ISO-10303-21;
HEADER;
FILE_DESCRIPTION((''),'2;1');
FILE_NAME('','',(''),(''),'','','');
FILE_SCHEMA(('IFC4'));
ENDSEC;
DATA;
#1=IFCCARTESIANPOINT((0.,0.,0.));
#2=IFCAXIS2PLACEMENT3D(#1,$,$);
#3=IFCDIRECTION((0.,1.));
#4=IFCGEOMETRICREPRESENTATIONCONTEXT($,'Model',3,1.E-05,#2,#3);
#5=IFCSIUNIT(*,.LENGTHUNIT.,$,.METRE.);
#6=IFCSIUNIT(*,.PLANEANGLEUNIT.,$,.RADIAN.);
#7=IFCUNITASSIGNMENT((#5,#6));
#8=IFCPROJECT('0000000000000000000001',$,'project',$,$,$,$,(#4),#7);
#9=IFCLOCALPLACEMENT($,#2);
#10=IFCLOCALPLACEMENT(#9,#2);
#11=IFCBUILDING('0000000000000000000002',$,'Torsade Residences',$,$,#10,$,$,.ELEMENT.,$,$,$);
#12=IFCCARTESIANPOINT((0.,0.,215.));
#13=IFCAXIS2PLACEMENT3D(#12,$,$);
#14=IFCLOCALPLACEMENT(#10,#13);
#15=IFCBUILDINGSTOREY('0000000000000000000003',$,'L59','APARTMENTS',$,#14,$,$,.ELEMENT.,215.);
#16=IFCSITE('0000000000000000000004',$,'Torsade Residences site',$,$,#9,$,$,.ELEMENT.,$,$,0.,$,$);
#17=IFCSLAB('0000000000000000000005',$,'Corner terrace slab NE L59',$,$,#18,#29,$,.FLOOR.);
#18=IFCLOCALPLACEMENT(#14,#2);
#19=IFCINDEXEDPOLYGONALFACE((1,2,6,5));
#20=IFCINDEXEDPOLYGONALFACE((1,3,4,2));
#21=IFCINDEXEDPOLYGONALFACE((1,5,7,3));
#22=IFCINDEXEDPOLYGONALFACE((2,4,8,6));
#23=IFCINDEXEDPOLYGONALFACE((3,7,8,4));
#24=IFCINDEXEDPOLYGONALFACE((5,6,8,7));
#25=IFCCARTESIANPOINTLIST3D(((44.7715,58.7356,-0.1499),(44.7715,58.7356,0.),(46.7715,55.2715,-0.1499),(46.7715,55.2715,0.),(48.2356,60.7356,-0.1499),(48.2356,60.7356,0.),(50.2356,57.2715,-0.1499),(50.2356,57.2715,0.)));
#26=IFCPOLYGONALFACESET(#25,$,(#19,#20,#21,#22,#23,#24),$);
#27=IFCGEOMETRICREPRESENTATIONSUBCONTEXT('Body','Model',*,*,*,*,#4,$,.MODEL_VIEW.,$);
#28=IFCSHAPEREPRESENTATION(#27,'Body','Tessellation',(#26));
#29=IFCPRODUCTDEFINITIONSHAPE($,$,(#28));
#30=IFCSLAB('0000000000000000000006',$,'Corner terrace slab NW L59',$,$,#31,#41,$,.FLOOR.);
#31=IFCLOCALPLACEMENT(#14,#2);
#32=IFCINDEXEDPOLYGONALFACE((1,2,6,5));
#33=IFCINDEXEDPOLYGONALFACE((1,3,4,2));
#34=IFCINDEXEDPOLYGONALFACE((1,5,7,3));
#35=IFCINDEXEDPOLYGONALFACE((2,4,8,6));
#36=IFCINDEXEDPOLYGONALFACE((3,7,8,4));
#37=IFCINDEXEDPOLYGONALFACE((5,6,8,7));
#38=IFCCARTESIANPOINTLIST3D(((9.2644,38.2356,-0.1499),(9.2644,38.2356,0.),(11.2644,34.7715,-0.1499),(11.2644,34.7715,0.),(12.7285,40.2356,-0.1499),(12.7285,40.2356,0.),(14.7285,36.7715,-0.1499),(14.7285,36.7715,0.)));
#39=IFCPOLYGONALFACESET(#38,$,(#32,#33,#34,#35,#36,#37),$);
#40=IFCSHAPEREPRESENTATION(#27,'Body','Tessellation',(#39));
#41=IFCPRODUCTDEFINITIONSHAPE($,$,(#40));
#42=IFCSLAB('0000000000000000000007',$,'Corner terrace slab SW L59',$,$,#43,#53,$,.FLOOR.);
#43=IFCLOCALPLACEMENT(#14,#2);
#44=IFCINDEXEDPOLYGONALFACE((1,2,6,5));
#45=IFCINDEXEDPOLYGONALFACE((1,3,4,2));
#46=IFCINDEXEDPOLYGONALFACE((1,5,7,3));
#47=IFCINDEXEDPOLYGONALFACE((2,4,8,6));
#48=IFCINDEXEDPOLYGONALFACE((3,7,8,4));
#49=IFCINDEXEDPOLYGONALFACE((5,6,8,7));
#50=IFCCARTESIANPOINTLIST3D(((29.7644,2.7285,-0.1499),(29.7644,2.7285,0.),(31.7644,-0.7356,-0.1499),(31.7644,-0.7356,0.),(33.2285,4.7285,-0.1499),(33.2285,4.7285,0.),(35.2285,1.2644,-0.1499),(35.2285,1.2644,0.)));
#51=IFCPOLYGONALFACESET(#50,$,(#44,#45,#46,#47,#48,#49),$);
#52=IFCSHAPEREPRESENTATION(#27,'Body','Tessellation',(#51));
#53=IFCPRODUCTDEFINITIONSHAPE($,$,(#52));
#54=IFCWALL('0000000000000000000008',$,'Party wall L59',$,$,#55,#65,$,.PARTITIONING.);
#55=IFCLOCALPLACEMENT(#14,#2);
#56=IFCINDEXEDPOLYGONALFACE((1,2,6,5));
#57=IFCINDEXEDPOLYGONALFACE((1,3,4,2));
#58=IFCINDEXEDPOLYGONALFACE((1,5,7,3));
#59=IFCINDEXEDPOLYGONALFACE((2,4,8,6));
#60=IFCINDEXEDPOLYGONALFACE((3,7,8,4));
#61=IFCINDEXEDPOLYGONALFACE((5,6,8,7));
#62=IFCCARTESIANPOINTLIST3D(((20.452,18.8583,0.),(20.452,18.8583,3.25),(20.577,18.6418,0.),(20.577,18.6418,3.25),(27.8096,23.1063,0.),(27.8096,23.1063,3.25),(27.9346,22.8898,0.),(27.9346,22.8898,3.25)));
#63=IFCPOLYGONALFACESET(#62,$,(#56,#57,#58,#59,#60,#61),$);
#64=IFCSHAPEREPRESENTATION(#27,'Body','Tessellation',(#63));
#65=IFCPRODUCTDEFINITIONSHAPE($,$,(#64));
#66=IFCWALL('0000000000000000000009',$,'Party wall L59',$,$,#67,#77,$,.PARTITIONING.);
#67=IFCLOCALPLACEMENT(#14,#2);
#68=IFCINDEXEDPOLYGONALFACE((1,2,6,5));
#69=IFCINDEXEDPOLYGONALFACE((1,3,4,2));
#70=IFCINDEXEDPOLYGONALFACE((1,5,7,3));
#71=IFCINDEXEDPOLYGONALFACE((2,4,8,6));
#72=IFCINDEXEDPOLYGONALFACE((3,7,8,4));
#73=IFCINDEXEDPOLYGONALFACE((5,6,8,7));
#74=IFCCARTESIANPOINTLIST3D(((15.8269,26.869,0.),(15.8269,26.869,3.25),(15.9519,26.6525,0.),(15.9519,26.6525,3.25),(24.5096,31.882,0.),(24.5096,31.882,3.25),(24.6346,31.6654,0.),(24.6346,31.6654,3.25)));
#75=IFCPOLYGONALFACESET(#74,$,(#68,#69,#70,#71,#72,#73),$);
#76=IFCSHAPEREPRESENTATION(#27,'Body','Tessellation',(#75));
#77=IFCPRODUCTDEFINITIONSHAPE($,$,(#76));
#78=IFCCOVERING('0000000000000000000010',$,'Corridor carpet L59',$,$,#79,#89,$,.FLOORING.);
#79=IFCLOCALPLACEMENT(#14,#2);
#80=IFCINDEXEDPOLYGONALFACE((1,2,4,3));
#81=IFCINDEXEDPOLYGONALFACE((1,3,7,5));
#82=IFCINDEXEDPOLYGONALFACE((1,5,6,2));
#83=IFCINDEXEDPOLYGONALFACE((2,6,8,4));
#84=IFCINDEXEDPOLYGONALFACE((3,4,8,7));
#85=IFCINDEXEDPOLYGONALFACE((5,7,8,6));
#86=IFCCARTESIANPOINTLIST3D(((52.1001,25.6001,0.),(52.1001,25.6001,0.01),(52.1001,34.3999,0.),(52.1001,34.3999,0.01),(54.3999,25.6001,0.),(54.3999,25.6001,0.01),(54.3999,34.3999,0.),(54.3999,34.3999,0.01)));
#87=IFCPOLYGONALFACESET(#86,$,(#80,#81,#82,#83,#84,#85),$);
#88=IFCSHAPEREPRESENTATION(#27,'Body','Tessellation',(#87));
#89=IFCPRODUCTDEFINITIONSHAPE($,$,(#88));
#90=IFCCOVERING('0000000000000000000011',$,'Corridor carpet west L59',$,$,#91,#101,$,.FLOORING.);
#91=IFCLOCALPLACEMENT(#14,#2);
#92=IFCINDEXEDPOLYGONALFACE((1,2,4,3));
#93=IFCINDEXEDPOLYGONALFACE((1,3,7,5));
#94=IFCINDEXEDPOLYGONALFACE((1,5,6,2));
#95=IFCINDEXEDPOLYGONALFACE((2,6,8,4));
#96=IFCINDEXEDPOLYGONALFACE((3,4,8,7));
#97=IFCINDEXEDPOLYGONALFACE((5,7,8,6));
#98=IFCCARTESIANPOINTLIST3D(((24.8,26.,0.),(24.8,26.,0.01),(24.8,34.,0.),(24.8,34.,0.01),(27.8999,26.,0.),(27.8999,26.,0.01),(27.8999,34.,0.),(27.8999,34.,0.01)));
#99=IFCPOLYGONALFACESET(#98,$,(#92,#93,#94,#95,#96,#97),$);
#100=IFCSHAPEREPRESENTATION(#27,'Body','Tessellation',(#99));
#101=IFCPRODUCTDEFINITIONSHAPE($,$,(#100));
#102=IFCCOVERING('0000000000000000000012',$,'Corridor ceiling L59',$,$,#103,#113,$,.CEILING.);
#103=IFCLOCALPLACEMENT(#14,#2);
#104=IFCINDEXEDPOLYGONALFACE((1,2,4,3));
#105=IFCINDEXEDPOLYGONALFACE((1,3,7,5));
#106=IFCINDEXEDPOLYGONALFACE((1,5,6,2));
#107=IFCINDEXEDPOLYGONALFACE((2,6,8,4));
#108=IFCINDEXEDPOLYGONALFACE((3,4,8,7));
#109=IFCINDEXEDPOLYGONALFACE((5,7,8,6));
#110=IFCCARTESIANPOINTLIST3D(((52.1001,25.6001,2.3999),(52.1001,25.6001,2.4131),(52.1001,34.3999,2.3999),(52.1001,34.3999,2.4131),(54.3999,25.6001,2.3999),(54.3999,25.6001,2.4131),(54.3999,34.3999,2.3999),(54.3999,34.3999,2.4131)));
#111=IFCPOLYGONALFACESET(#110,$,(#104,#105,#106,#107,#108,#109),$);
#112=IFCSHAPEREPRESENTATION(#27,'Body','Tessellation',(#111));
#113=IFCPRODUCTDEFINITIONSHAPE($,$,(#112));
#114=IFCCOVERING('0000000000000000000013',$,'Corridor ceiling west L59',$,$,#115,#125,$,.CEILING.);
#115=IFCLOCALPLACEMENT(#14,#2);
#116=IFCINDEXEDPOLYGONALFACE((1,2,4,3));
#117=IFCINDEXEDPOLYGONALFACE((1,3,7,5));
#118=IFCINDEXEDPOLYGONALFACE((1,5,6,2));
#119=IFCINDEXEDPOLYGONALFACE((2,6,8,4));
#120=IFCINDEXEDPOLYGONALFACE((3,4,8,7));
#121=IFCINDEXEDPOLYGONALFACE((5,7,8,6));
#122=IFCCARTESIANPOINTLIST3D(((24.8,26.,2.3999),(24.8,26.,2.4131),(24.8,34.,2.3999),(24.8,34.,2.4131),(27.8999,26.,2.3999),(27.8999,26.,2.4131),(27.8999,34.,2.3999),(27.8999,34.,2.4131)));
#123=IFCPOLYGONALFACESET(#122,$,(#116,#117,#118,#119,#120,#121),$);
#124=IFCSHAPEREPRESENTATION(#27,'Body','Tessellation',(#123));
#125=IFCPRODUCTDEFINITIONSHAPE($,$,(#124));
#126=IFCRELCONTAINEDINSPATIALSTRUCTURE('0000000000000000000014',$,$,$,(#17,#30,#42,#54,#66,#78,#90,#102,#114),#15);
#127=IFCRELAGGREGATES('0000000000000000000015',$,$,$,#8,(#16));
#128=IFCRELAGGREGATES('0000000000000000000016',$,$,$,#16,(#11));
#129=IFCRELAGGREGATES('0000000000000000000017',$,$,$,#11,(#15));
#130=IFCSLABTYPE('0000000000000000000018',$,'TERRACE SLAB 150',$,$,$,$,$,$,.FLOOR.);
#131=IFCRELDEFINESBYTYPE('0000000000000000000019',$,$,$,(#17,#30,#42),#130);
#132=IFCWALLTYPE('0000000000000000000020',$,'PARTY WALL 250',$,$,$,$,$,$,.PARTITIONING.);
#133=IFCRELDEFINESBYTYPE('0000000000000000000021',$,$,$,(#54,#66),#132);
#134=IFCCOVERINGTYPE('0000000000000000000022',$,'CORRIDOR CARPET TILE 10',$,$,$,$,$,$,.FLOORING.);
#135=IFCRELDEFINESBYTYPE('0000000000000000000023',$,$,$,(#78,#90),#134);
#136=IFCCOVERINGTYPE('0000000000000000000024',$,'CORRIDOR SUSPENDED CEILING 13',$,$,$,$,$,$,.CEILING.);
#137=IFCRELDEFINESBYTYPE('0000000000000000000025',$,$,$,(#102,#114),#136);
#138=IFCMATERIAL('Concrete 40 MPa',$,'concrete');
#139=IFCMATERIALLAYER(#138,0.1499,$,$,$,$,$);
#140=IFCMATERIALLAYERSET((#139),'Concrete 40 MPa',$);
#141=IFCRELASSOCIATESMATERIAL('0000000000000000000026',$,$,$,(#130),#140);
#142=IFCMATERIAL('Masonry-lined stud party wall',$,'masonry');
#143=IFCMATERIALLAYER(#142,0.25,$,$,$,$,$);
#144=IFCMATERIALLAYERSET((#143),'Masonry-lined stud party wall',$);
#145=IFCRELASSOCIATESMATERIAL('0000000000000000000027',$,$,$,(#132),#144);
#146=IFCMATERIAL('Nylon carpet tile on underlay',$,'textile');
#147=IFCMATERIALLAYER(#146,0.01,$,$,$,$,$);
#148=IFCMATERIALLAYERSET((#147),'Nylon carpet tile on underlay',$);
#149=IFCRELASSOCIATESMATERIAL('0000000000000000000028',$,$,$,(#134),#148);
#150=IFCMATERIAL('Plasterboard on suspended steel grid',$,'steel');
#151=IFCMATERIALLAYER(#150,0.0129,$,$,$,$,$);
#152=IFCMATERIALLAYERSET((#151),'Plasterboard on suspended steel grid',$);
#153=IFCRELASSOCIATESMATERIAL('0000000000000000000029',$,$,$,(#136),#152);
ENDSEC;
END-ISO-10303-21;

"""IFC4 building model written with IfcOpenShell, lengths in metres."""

from ifc_helpers import new_model, si_unit, direction, frame, frame_2d, origin, place, context, subcontext, project, spatial, polyline, rectangle, outline, extrude, material, layer, layer_set, type_object, element, save


model = new_model("IFC4")

# Units and contexts
model_context = context("Model", 3, precision=1e-05, world=origin(), true_north=direction((0.0, 1.0)))
body_context = subcontext(model_context, "Body", "Model", "MODEL_VIEW")
ifc_project = project(units=[si_unit("LENGTHUNIT", "METRE"), si_unit("PLANEANGLEUNIT", "RADIAN")], contexts=[model_context])

# Site, building, storey
site_placement = place(None, origin())
site = spatial("IfcSite", under=ifc_project, at=site_placement, Name="Torsade Residences site", CompositionType="ELEMENT", RefElevation=0.0)
building_placement = place(site_placement, origin())
building = spatial("IfcBuilding", under=site, at=building_placement, Name="Torsade Residences", CompositionType="ELEMENT")
storey_placement = place(building_placement, frame((0.0, 0.0, 215.0)))
storey = spatial("IfcBuildingStorey", under=building, at=storey_placement, Name="L59", Description="APARTMENTS", CompositionType="ELEMENT", Elevation=215.0)

# Slabs
ifc_material_1 = material(Name="Concrete 40 MPa", Category="concrete")
ifc_layer_1 = layer(ifc_material_1, 0.1499)
ifc_layer_set_1 = layer_set([ifc_layer_1], Name="Concrete 40 MPa")
slab_type_1 = type_object("IfcSlabType", Name="TERRACE SLAB 150", PredefinedType="FLOOR", material=ifc_layer_set_1)
slab_1_placement = place(storey_placement, frame((0.0, 0.0, -0.1499)))
element("IfcSlab", 1, at=slab_1_placement, inside=storey, type_object=slab_type_1, Name="Corner terrace slab NE L59", PredefinedType="FLOOR", context=body_context, shape_type="SweptSolid", body=[
    extrude(outline(polyline([(46.7715, 55.2715), (50.2356, 57.2715), (48.2356, 60.7356), (44.7715, 58.7356), (46.7715, 55.2715)])), origin(), (0.0, 0.0, 1.0), 0.1499),
])
slab_2_placement = place(storey_placement, frame((0.0, 0.0, -0.1499)))
element("IfcSlab", 2, at=slab_2_placement, inside=storey, type_object=slab_type_1, Name="Corner terrace slab NW L59", PredefinedType="FLOOR", context=body_context, shape_type="SweptSolid", body=[
    extrude(outline(polyline([(11.2644, 34.7715), (14.7285, 36.7715), (12.7285, 40.2356), (9.2644, 38.2356), (11.2644, 34.7715)])), origin(), (0.0, 0.0, 1.0), 0.1499),
])
slab_3_placement = place(storey_placement, frame((0.0, 0.0, -0.1499)))
element("IfcSlab", 3, at=slab_3_placement, inside=storey, type_object=slab_type_1, Name="Corner terrace slab SW L59", PredefinedType="FLOOR", context=body_context, shape_type="SweptSolid", body=[
    extrude(outline(polyline([(31.7644, -0.7356), (35.2285, 1.2644), (33.2285, 4.7285), (29.7644, 2.7285), (31.7644, -0.7356)])), origin(), (0.0, 0.0, 1.0), 0.1499),
])

# Walls
ifc_material_2 = material(Name="Masonry-lined stud party wall", Category="masonry")
ifc_layer_2 = layer(ifc_material_2, 0.25)
ifc_layer_set_2 = layer_set([ifc_layer_2], Name="Masonry-lined stud party wall")
wall_type = type_object("IfcWallType", Name="PARTY WALL 250", PredefinedType="PARTITIONING", material=ifc_layer_set_2)
wall_1_placement = place(storey_placement, frame((20.5144, 18.75, 0.0), z_axis=(0.0, 0.0, 1.0), x_axis=(0.86602, 0.500009, 0.0)))
element("IfcWall", 4, at=wall_1_placement, inside=storey, type_object=wall_type, Name="Party wall L59", PredefinedType="PARTITIONING", context=body_context, shape_type="SweptSolid", body=[
    extrude(rectangle(XDim=8.4958, YDim=0.25, at=frame_2d((4.248, 0.0))), origin(), (0.0, 0.0, 1.0), 3.25),
])
wall_2_placement = place(storey_placement, frame((15.8894, 26.7607, 0.0), z_axis=(0.0, 0.0, 1.0), x_axis=(0.866024, 0.500002, 0.0)))
element("IfcWall", 5, at=wall_2_placement, inside=storey, type_object=wall_type, Name="Party wall L59", PredefinedType="PARTITIONING", context=body_context, shape_type="SweptSolid", body=[
    extrude(rectangle(XDim=10.0259, YDim=0.25, at=frame_2d((5.0129, 0.0))), origin(), (0.0, 0.0, 1.0), 3.25),
])

# Coverings
ifc_material_3 = material(Name="Nylon carpet tile on underlay", Category="textile")
ifc_layer_3 = layer(ifc_material_3, 0.01)
ifc_layer_set_3 = layer_set([ifc_layer_3], Name="Nylon carpet tile on underlay")
covering_type_1 = type_object("IfcCoveringType", Name="CORRIDOR CARPET TILE 10", PredefinedType="FLOORING", material=ifc_layer_set_3)
covering_1_placement = place(storey_placement, origin())
element("IfcCovering", 6, at=covering_1_placement, inside=storey, type_object=covering_type_1, Name="Corridor carpet L59", PredefinedType="FLOORING", context=body_context, shape_type="SweptSolid", body=[
    extrude(outline(polyline([(54.3999, 25.6001), (54.3999, 34.3999), (52.1001, 34.3999), (52.1001, 25.6001), (54.3999, 25.6001)])), origin(), (0.0, 0.0, 1.0), 0.01),
])
covering_2_placement = place(storey_placement, origin())
element("IfcCovering", 7, at=covering_2_placement, inside=storey, type_object=covering_type_1, Name="Corridor carpet west L59", PredefinedType="FLOORING", context=body_context, shape_type="SweptSolid", body=[
    extrude(outline(polyline([(27.8999, 26.0), (27.8999, 34.0), (24.8, 34.0), (24.8, 26.0), (27.8999, 26.0)])), origin(), (0.0, 0.0, 1.0), 0.01),
])
ifc_material_4 = material(Name="Plasterboard on suspended steel grid", Category="steel")
ifc_layer_4 = layer(ifc_material_4, 0.0129)
ifc_layer_set_4 = layer_set([ifc_layer_4], Name="Plasterboard on suspended steel grid")
covering_type_2 = type_object("IfcCoveringType", Name="CORRIDOR SUSPENDED CEILING 13", PredefinedType="CEILING", material=ifc_layer_set_4)
covering_3_placement = place(storey_placement, frame((0.0, 0.0, 2.3999)))
element("IfcCovering", 8, at=covering_3_placement, inside=storey, type_object=covering_type_2, Name="Corridor ceiling L59", PredefinedType="CEILING", context=body_context, shape_type="SweptSolid", body=[
    extrude(outline(polyline([(54.3999, 25.6001), (54.3999, 34.3999), (52.1001, 34.3999), (52.1001, 25.6001), (54.3999, 25.6001)])), origin(), (0.0, 0.0, 1.0), 0.0132),
])
covering_4_placement = place(storey_placement, frame((0.0, 0.0, 2.3999)))
element("IfcCovering", 9, at=covering_4_placement, inside=storey, type_object=covering_type_2, Name="Corridor ceiling west L59", PredefinedType="CEILING", context=body_context, shape_type="SweptSolid", body=[
    extrude(outline(polyline([(27.8999, 26.0), (27.8999, 34.0), (24.8, 34.0), (24.8, 26.0), (27.8999, 26.0)])), origin(), (0.0, 0.0, 1.0), 0.0132),
])

save(model, "model.ifc")
